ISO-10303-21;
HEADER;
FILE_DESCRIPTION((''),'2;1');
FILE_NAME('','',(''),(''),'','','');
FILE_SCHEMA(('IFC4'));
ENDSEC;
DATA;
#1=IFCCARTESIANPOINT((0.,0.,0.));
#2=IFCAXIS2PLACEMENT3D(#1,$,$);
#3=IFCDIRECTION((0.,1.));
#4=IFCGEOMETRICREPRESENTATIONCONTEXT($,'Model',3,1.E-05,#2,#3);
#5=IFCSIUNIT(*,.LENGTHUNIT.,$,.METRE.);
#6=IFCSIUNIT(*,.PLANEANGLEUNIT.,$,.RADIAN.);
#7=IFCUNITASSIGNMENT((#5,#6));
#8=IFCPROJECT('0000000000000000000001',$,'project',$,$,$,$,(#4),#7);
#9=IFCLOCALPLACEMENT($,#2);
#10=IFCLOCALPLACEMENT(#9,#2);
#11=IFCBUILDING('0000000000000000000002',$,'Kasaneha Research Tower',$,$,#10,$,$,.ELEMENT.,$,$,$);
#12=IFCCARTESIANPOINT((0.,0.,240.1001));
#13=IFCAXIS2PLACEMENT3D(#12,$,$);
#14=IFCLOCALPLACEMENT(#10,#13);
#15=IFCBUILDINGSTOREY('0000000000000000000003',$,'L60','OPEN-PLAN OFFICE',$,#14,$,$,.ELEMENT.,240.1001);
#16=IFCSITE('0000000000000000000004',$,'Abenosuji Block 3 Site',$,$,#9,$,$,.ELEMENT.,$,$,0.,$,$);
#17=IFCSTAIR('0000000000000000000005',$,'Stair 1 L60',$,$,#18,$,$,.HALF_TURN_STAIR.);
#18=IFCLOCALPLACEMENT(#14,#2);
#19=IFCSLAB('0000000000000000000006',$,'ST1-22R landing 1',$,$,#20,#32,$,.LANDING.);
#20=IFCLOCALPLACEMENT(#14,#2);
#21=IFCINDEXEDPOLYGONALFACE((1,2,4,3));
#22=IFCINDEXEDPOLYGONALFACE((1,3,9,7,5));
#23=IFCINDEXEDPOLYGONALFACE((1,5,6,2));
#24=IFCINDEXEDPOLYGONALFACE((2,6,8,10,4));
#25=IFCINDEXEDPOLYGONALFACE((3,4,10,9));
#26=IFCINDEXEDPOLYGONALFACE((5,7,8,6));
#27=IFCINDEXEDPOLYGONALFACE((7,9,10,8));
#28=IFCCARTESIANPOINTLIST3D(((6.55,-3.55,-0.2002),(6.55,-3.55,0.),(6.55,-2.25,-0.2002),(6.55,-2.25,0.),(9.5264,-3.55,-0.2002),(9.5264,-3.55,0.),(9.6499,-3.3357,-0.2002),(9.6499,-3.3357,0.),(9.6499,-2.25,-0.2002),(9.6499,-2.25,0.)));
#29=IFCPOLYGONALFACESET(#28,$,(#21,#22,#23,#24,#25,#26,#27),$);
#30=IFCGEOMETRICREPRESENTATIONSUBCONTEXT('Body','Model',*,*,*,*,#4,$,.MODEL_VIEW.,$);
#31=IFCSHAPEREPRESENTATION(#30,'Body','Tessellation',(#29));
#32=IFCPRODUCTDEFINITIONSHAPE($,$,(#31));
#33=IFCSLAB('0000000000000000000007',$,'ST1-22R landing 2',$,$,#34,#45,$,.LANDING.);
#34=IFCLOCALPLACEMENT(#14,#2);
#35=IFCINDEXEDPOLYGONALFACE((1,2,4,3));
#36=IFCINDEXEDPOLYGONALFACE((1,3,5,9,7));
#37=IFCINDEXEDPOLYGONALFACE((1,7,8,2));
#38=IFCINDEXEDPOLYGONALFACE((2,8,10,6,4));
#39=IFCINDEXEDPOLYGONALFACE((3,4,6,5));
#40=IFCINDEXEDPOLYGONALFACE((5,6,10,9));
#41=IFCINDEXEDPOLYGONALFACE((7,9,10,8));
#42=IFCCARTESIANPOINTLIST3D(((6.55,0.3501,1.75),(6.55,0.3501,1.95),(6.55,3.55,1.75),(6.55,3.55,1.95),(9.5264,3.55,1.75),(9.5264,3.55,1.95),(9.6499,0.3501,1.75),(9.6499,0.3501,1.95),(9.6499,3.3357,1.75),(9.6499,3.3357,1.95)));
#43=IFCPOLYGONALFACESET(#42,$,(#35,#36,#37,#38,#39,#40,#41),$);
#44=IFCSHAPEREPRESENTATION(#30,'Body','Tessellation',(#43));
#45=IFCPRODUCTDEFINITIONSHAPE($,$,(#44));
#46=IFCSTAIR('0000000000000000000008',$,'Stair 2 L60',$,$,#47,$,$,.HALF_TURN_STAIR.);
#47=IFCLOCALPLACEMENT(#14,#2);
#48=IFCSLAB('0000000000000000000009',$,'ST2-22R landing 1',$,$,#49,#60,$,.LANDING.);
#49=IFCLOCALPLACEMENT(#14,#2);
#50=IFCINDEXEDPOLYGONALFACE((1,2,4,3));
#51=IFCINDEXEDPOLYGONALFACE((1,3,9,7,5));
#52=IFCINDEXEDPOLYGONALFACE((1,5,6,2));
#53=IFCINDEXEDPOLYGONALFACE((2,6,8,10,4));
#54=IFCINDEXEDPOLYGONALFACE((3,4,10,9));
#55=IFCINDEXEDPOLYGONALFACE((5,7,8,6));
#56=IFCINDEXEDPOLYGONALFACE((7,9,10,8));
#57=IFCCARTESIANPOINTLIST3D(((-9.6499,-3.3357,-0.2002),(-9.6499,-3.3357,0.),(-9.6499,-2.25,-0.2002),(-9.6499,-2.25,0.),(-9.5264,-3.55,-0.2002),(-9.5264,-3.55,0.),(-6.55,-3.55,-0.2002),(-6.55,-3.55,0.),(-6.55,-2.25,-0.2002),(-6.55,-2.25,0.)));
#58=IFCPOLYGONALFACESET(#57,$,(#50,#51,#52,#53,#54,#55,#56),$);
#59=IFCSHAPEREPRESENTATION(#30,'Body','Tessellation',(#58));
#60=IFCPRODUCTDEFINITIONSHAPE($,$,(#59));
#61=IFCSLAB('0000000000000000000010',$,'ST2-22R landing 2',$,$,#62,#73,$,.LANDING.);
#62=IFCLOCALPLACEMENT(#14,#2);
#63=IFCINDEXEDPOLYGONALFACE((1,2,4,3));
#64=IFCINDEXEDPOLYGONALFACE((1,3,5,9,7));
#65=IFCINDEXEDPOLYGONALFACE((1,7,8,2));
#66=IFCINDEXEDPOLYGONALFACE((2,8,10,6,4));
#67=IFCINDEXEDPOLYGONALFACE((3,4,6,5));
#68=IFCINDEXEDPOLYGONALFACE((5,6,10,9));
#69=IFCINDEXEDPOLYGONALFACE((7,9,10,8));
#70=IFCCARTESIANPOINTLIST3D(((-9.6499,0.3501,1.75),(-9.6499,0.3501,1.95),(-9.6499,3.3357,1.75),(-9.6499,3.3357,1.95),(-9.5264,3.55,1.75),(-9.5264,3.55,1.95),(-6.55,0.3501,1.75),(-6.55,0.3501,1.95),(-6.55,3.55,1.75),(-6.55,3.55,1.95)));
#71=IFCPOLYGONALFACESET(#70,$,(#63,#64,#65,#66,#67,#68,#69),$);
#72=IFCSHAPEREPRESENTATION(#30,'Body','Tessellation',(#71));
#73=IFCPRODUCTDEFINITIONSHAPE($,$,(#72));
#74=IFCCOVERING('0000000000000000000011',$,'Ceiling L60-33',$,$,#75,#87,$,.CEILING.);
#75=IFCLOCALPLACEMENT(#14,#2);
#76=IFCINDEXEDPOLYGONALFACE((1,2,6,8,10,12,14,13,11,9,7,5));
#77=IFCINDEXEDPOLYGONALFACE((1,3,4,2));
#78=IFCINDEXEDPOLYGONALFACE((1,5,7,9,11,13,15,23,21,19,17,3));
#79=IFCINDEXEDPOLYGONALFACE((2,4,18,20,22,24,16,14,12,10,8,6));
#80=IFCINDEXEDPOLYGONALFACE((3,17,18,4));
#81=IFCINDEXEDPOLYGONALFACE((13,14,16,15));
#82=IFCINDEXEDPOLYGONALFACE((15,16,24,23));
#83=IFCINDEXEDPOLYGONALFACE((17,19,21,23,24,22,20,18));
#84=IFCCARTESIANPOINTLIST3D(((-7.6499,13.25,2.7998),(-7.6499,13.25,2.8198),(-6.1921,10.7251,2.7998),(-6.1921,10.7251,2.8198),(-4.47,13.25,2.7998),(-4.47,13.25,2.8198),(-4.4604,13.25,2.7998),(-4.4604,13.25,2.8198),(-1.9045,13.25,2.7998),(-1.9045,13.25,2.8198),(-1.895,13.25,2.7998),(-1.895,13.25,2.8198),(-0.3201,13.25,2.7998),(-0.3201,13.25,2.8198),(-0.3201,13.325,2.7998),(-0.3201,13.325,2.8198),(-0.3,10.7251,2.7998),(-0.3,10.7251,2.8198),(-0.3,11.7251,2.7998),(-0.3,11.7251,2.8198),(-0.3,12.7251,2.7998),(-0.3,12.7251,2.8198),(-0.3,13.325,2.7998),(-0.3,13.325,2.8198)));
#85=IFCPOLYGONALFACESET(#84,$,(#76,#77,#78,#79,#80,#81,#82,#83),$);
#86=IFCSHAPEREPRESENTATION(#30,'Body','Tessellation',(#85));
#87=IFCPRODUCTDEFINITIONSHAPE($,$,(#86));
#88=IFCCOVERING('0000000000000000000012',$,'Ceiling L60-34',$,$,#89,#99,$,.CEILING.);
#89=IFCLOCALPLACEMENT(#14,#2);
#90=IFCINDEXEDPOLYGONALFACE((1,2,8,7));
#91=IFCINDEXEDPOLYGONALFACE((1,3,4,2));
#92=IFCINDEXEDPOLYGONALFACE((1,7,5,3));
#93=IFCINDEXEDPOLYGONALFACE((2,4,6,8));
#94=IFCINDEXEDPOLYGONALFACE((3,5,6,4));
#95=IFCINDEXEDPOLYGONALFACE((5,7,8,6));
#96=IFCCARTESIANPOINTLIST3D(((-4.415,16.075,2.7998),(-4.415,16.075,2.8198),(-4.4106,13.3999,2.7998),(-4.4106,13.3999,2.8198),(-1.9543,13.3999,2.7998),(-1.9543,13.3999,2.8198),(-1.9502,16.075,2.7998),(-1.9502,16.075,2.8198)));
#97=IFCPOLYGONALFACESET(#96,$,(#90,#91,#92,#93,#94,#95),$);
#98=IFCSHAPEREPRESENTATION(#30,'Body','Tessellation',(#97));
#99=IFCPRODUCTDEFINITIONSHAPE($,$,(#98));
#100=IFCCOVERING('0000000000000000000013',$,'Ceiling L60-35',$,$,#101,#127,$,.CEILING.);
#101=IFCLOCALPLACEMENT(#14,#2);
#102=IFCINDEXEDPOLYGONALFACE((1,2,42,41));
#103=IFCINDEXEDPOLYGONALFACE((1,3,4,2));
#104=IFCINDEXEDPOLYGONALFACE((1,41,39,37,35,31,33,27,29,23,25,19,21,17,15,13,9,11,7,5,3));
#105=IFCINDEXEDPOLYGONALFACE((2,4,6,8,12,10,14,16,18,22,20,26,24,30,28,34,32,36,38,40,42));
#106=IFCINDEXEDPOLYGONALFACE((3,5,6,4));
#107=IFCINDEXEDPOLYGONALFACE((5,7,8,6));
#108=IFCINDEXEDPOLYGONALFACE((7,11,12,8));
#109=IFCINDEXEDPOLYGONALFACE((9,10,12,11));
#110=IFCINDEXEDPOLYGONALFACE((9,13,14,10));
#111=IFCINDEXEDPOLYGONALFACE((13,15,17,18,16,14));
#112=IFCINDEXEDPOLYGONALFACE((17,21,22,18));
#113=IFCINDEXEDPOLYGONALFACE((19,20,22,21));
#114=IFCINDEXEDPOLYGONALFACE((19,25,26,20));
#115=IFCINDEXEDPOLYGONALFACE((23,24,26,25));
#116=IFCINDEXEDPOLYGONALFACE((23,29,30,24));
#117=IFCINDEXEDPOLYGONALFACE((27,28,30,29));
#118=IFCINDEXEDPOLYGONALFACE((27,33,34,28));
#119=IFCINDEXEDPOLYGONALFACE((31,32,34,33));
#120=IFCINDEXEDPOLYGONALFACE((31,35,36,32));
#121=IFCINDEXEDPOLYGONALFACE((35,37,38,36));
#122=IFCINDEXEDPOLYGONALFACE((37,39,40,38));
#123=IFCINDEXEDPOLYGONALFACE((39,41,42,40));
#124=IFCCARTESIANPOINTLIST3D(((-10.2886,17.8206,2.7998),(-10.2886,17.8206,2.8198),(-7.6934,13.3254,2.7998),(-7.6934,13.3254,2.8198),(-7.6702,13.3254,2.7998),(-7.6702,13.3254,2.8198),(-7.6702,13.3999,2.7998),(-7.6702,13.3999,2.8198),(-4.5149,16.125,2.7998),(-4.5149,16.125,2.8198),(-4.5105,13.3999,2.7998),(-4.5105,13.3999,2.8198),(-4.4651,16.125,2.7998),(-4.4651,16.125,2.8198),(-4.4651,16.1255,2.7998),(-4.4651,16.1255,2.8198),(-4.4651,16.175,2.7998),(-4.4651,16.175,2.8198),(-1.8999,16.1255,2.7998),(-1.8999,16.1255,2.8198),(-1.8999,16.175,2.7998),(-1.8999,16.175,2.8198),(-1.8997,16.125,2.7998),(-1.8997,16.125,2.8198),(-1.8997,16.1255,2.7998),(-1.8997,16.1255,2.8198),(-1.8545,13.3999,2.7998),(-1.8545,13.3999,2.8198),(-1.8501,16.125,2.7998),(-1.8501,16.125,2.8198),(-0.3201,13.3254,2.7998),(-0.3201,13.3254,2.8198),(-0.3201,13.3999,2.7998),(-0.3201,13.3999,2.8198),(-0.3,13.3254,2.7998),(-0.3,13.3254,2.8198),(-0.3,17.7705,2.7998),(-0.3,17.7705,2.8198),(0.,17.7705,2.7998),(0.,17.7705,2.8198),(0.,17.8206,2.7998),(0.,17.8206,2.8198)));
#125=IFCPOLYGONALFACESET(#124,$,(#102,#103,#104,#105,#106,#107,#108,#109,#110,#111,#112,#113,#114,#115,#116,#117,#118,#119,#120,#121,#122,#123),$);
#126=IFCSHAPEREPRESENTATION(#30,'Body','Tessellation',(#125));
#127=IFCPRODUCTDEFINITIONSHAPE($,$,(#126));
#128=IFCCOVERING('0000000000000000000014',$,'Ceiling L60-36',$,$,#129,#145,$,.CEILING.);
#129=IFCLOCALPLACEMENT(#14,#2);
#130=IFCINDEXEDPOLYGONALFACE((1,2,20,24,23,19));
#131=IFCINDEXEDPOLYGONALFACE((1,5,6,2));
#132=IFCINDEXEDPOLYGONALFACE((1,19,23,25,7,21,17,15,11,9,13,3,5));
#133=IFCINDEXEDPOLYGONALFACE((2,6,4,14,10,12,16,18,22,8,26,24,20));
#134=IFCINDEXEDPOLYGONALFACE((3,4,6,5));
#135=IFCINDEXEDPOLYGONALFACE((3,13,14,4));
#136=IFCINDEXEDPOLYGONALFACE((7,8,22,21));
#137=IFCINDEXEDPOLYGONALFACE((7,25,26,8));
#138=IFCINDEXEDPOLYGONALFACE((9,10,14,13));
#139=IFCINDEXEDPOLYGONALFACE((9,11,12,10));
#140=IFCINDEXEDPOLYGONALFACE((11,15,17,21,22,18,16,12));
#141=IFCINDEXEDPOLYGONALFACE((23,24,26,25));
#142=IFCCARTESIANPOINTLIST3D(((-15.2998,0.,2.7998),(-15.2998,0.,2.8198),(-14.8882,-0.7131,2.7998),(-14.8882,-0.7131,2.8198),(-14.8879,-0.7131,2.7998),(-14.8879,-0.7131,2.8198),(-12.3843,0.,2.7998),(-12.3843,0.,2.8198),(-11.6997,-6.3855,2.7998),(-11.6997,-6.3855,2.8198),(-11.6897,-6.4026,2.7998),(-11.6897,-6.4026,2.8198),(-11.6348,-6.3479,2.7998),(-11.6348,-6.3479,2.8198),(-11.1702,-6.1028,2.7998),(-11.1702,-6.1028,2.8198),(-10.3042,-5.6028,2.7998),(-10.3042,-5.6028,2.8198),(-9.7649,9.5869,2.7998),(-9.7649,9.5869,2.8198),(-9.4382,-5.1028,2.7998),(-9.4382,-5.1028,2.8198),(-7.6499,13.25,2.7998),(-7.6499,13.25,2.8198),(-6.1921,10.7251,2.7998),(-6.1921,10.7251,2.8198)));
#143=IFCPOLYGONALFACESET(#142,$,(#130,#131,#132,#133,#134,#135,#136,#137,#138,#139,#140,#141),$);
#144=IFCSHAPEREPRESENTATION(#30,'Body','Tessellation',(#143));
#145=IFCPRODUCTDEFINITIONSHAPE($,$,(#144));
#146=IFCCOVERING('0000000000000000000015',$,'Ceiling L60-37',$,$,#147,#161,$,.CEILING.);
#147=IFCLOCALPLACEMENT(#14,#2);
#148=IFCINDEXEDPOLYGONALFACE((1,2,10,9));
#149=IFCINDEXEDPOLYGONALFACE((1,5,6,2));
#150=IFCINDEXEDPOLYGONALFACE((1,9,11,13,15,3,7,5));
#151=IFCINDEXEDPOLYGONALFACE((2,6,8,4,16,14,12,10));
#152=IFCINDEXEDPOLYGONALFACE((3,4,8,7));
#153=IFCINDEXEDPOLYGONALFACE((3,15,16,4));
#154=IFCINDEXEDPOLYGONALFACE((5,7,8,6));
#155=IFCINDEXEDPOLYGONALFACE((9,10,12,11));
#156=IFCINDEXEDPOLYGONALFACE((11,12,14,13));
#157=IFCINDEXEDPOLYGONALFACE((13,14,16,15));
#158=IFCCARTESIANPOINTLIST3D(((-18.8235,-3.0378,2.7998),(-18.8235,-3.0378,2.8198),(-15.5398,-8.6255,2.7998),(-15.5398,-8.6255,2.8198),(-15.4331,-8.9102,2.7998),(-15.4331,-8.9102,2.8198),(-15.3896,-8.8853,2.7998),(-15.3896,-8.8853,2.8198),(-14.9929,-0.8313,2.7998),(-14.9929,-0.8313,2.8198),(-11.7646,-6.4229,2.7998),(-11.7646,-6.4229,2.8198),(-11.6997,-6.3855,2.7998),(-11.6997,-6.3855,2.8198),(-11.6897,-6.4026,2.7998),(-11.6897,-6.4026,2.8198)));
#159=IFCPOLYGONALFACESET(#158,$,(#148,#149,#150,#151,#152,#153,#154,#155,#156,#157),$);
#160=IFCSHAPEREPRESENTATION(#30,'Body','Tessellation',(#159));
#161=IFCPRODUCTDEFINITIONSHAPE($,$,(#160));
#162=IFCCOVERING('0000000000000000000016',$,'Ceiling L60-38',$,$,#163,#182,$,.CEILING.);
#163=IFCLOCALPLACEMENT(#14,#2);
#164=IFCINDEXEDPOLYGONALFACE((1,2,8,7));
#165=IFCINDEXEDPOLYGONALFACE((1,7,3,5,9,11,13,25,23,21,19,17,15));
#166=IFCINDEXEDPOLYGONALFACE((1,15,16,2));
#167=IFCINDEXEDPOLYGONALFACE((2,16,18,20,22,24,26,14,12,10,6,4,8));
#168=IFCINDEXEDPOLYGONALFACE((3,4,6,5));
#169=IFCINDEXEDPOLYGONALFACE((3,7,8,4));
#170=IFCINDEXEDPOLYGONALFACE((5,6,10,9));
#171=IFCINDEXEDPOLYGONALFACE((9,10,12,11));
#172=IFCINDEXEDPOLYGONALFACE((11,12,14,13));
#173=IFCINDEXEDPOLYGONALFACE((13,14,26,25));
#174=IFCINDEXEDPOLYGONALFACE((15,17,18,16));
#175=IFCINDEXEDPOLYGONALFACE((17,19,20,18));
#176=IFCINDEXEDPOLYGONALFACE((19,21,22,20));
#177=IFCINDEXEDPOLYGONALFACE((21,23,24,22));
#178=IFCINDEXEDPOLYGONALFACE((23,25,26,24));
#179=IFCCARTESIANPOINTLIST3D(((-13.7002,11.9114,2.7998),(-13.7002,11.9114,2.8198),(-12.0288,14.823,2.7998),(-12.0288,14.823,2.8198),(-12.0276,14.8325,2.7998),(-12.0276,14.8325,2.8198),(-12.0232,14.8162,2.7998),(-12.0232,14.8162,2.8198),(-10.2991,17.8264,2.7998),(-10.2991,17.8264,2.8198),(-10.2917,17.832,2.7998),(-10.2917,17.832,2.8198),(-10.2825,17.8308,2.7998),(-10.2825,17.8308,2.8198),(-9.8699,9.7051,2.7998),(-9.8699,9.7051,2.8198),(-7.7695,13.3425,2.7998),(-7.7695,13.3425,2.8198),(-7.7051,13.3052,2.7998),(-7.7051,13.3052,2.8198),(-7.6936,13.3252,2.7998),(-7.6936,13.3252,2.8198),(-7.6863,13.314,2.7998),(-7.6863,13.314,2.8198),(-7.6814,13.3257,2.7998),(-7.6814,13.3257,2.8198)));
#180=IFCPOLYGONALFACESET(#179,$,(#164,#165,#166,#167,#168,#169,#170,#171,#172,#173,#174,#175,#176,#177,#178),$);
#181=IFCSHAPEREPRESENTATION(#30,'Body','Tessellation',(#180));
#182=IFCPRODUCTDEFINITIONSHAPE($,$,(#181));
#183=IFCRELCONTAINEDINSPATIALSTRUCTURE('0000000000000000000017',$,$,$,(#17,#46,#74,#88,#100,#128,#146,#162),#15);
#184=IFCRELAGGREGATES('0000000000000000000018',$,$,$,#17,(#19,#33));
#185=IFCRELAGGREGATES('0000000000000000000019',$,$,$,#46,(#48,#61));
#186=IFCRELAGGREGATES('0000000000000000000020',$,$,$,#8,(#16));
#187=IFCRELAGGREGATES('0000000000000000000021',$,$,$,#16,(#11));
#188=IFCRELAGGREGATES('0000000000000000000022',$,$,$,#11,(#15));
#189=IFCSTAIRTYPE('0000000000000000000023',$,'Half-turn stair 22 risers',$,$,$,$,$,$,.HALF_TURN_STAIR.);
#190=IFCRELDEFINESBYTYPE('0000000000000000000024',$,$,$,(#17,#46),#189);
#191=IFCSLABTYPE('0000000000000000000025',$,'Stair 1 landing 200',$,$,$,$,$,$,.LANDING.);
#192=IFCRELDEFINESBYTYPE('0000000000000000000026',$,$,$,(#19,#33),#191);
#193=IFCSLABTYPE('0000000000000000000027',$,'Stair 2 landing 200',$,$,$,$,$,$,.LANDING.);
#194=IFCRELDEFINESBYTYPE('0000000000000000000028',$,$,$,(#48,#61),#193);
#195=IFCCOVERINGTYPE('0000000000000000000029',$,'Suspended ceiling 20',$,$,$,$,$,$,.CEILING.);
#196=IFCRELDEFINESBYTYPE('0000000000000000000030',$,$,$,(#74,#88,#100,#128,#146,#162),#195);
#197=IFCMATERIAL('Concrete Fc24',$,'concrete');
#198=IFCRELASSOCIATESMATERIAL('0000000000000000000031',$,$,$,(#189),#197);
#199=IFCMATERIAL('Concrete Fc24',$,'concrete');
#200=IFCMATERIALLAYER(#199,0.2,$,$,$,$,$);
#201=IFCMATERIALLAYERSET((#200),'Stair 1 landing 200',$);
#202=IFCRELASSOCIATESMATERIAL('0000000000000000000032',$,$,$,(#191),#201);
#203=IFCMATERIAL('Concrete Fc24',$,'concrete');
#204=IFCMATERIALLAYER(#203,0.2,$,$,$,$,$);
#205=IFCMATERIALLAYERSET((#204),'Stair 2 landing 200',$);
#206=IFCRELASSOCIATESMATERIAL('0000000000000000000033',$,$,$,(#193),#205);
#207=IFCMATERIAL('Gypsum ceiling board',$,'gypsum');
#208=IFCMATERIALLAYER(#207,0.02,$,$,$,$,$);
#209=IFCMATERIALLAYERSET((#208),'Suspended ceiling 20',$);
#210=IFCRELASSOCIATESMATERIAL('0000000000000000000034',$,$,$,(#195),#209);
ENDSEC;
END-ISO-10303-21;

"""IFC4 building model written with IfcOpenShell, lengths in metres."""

from ifc_helpers import new_model, si_unit, direction, frame, origin, place, context, subcontext, project, spatial, polyline, outline, extrude, material, layer, layer_set, type_object, element, aggregate, save


model = new_model("IFC4")

# Units and contexts
model_context = context("Model", 3, precision=1e-05, world=origin(), true_north=direction((0.0, 1.0)))
body_context = subcontext(model_context, "Body", "Model", "MODEL_VIEW")
ifc_project = project(units=[si_unit("LENGTHUNIT", "METRE"), si_unit("PLANEANGLEUNIT", "RADIAN")], contexts=[model_context])

# Site, building, storey
site_placement = place(None, origin())
site = spatial("IfcSite", under=ifc_project, at=site_placement, Name="Abenosuji Block 3 Site", CompositionType="ELEMENT", RefElevation=0.0)
building_placement = place(site_placement, origin())
building = spatial("IfcBuilding", under=site, at=building_placement, Name="Kasaneha Research Tower", CompositionType="ELEMENT")
storey_placement = place(building_placement, frame((0.0, 0.0, 240.1001)))
storey = spatial("IfcBuildingStorey", under=building, at=storey_placement, Name="L60", Description="OPEN-PLAN OFFICE", CompositionType="ELEMENT", Elevation=240.1001)

# Stairs, slabs
ifc_material_1 = material(Name="Concrete Fc24", Category="concrete")
stair_type = type_object("IfcStairType", Name="Half-turn stair 22 risers", PredefinedType="HALF_TURN_STAIR", material=ifc_material_1)
stair_1_placement = place(storey_placement, origin())
stair_1 = element("IfcStair", 1, at=stair_1_placement, inside=storey, type_object=stair_type, Name="Stair 1 L60", PredefinedType="HALF_TURN_STAIR")
ifc_material_2 = material(Name="Concrete Fc24", Category="concrete")
ifc_layer_1 = layer(ifc_material_2, 0.2)
ifc_layer_set_1 = layer_set([ifc_layer_1], Name="Stair 1 landing 200")
slab_type_1 = type_object("IfcSlabType", Name="Stair 1 landing 200", PredefinedType="LANDING", material=ifc_layer_set_1)
slab_1_placement = place(storey_placement, frame((0.0, 0.0, -0.2002)))
slab_1 = element("IfcSlab", 2, at=slab_1_placement, type_object=slab_type_1, Name="ST1-22R landing 1", PredefinedType="LANDING", context=body_context, shape_type="SweptSolid", body=[
    extrude(outline(polyline([(9.5264, -3.55), (6.55, -3.55), (6.55, -2.25), (9.6499, -2.25), (9.6499, -3.3357), (9.5264, -3.55)])), origin(), (0.0, 0.0, 1.0), 0.2002),
])
slab_2_placement = place(storey_placement, frame((0.0, 0.0, 1.75)))
slab_2 = element("IfcSlab", 3, at=slab_2_placement, type_object=slab_type_1, Name="ST1-22R landing 2", PredefinedType="LANDING", context=body_context, shape_type="SweptSolid", body=[
    extrude(outline(polyline([(6.55, 3.55), (9.5264, 3.55), (9.6499, 3.3357), (9.6499, 0.3501), (6.55, 0.3501), (6.55, 3.55)])), origin(), (0.0, 0.0, 1.0), 0.2),
])
aggregate(stair_1, [slab_1, slab_2])
stair_2_placement = place(storey_placement, origin())
stair_2 = element("IfcStair", 4, at=stair_2_placement, inside=storey, type_object=stair_type, Name="Stair 2 L60", PredefinedType="HALF_TURN_STAIR")
ifc_material_3 = material(Name="Concrete Fc24", Category="concrete")
ifc_layer_2 = layer(ifc_material_3, 0.2)
ifc_layer_set_2 = layer_set([ifc_layer_2], Name="Stair 2 landing 200")
slab_type_2 = type_object("IfcSlabType", Name="Stair 2 landing 200", PredefinedType="LANDING", material=ifc_layer_set_2)
slab_3_placement = place(storey_placement, frame((0.0, 0.0, -0.2002)))
slab_3 = element("IfcSlab", 5, at=slab_3_placement, type_object=slab_type_2, Name="ST2-22R landing 1", PredefinedType="LANDING", context=body_context, shape_type="SweptSolid", body=[
    extrude(outline(polyline([(-6.55, -3.55), (-9.5264, -3.55), (-9.6499, -3.3357), (-9.6499, -2.25), (-6.55, -2.25), (-6.55, -3.55)])), origin(), (0.0, 0.0, 1.0), 0.2002),
])
slab_4_placement = place(storey_placement, frame((0.0, 0.0, 1.75)))
slab_4 = element("IfcSlab", 6, at=slab_4_placement, type_object=slab_type_2, Name="ST2-22R landing 2", PredefinedType="LANDING", context=body_context, shape_type="SweptSolid", body=[
    extrude(outline(polyline([(-6.55, 0.3501), (-9.6499, 0.3501), (-9.6499, 3.3357), (-9.5264, 3.55), (-6.55, 3.55), (-6.55, 0.3501)])), origin(), (0.0, 0.0, 1.0), 0.2),
])
aggregate(stair_2, [slab_3, slab_4])

# Coverings
ifc_material_4 = material(Name="Gypsum ceiling board", Category="gypsum")
ifc_layer_3 = layer(ifc_material_4, 0.02)
ifc_layer_set_3 = layer_set([ifc_layer_3], Name="Suspended ceiling 20")
covering_type_1 = type_object("IfcCoveringType", Name="Suspended ceiling 20", PredefinedType="CEILING", material=ifc_layer_set_3)
covering_1_placement = place(storey_placement, frame((0.0, 0.0, 2.7998)))
element("IfcCovering", 7, at=covering_1_placement, inside=storey, type_object=covering_type_1, Name="Ceiling L60-33", PredefinedType="CEILING", context=body_context, shape_type="SweptSolid", body=[
    extrude(outline(polyline([(-0.3, 11.7251), (-0.3, 10.7251), (-6.1921, 10.7251), (-7.6499, 13.25), (-7.6499, 13.25), (-4.47, 13.25), (-4.4604, 13.25), (-1.9045, 13.25), (-1.895, 13.25), (-0.3201, 13.25), (-0.3201, 13.325), (-0.3, 13.325), (-0.3, 12.7251), (-0.3, 11.7251)])), origin(), (0.0, 0.0, 1.0), 0.02),
])
covering_2_placement = place(storey_placement, frame((0.0, 0.0, 2.7998)))
element("IfcCovering", 8, at=covering_2_placement, inside=storey, type_object=covering_type_1, Name="Ceiling L60-34", PredefinedType="CEILING", context=body_context, shape_type="SweptSolid", body=[
    extrude(outline(polyline([(-1.9502, 16.075), (-1.9543, 13.3999), (-4.4106, 13.3999), (-4.415, 16.075), (-1.9502, 16.075)])), origin(), (0.0, 0.0, 1.0), 0.02),
])
covering_3_placement = place(storey_placement, frame((0.0, 0.0, 2.7998)))
element("IfcCovering", 9, at=covering_3_placement, inside=storey, type_object=covering_type_1, Name="Ceiling L60-35", PredefinedType="CEILING", context=body_context, shape_type="SweptSolid", body=[
    extrude(outline(polyline([(-0.3201, 13.3254), (-0.3201, 13.3999), (-1.8545, 13.3999), (-1.8501, 16.125), (-1.8997, 16.125), (-1.8997, 16.1255), (-1.8999, 16.1255), (-1.8999, 16.175), (-4.4651, 16.175), (-4.4651, 16.1255), (-4.4651, 16.125), (-4.5149, 16.125), (-4.5105, 13.3999), (-7.6702, 13.3999), (-7.6702, 13.3254), (-7.6934, 13.3254), (-10.2886, 17.8206), (0.0, 17.8206), (0.0, 17.7705), (-0.3, 17.7705), (-0.3, 17.7705), (-0.3, 13.3254), (-0.3201, 13.3254)])), origin(), (0.0, 0.0, 1.0), 0.02),
])
covering_4_placement = place(storey_placement, frame((0.0, 0.0, 2.7998)))
element("IfcCovering", 10, at=covering_4_placement, inside=storey, type_object=covering_type_1, Name="Ceiling L60-36", PredefinedType="CEILING", context=body_context, shape_type="SweptSolid", body=[
    extrude(outline(polyline([(-12.3843, 0.0), (-9.4382, -5.1028), (-10.3042, -5.6028), (-10.3042, -5.6028), (-11.1702, -6.1028), (-11.1702, -6.1028), (-11.6897, -6.4026), (-11.6997, -6.3855), (-11.6348, -6.3479), (-14.8882, -0.7131), (-14.8879, -0.7131), (-15.2998, 0.0), (-9.7649, 9.5869), (-9.7649, 9.5869), (-7.6499, 13.25), (-6.1921, 10.7251), (-12.3843, 0.0)])), origin(), (0.0, 0.0, 1.0), 0.02),
])
covering_5_placement = place(storey_placement, frame((0.0, 0.0, 2.7998)))
element("IfcCovering", 11, at=covering_5_placement, inside=storey, type_object=covering_type_1, Name="Ceiling L60-37", PredefinedType="CEILING", context=body_context, shape_type="SweptSolid", body=[
    extrude(outline(polyline([(-15.5398, -8.6255), (-15.5398, -8.6255), (-15.3896, -8.8853), (-15.4331, -8.9102), (-18.8235, -3.0378), (-14.9929, -0.8313), (-11.7646, -6.4229), (-11.6997, -6.3855), (-11.6897, -6.4026), (-11.4299, -6.2527), (-15.5398, -8.6255), (-15.5398, -8.6255)])), origin(), (0.0, 0.0, 1.0), 0.02),
])
covering_6_placement = place(storey_placement, frame((0.0, 0.0, 2.7998)))
element("IfcCovering", 12, at=covering_6_placement, inside=storey, type_object=covering_type_1, Name="Ceiling L60-38", PredefinedType="CEILING", context=body_context, shape_type="SweptSolid", body=[
    extrude(outline(polyline([(-12.0276, 14.8325), (-10.2991, 17.8264), (-10.2917, 17.832), (-10.2825, 17.8308), (-7.6814, 13.3257), (-7.6863, 13.314), (-7.6936, 13.3252), (-7.7051, 13.3052), (-7.7695, 13.3425), (-9.8699, 9.7051), (-13.7002, 11.9114), (-12.0232, 14.8162), (-12.0288, 14.823), (-12.0276, 14.8325)])), origin(), (0.0, 0.0, 1.0), 0.02),
])

save(model, "model.ifc")
